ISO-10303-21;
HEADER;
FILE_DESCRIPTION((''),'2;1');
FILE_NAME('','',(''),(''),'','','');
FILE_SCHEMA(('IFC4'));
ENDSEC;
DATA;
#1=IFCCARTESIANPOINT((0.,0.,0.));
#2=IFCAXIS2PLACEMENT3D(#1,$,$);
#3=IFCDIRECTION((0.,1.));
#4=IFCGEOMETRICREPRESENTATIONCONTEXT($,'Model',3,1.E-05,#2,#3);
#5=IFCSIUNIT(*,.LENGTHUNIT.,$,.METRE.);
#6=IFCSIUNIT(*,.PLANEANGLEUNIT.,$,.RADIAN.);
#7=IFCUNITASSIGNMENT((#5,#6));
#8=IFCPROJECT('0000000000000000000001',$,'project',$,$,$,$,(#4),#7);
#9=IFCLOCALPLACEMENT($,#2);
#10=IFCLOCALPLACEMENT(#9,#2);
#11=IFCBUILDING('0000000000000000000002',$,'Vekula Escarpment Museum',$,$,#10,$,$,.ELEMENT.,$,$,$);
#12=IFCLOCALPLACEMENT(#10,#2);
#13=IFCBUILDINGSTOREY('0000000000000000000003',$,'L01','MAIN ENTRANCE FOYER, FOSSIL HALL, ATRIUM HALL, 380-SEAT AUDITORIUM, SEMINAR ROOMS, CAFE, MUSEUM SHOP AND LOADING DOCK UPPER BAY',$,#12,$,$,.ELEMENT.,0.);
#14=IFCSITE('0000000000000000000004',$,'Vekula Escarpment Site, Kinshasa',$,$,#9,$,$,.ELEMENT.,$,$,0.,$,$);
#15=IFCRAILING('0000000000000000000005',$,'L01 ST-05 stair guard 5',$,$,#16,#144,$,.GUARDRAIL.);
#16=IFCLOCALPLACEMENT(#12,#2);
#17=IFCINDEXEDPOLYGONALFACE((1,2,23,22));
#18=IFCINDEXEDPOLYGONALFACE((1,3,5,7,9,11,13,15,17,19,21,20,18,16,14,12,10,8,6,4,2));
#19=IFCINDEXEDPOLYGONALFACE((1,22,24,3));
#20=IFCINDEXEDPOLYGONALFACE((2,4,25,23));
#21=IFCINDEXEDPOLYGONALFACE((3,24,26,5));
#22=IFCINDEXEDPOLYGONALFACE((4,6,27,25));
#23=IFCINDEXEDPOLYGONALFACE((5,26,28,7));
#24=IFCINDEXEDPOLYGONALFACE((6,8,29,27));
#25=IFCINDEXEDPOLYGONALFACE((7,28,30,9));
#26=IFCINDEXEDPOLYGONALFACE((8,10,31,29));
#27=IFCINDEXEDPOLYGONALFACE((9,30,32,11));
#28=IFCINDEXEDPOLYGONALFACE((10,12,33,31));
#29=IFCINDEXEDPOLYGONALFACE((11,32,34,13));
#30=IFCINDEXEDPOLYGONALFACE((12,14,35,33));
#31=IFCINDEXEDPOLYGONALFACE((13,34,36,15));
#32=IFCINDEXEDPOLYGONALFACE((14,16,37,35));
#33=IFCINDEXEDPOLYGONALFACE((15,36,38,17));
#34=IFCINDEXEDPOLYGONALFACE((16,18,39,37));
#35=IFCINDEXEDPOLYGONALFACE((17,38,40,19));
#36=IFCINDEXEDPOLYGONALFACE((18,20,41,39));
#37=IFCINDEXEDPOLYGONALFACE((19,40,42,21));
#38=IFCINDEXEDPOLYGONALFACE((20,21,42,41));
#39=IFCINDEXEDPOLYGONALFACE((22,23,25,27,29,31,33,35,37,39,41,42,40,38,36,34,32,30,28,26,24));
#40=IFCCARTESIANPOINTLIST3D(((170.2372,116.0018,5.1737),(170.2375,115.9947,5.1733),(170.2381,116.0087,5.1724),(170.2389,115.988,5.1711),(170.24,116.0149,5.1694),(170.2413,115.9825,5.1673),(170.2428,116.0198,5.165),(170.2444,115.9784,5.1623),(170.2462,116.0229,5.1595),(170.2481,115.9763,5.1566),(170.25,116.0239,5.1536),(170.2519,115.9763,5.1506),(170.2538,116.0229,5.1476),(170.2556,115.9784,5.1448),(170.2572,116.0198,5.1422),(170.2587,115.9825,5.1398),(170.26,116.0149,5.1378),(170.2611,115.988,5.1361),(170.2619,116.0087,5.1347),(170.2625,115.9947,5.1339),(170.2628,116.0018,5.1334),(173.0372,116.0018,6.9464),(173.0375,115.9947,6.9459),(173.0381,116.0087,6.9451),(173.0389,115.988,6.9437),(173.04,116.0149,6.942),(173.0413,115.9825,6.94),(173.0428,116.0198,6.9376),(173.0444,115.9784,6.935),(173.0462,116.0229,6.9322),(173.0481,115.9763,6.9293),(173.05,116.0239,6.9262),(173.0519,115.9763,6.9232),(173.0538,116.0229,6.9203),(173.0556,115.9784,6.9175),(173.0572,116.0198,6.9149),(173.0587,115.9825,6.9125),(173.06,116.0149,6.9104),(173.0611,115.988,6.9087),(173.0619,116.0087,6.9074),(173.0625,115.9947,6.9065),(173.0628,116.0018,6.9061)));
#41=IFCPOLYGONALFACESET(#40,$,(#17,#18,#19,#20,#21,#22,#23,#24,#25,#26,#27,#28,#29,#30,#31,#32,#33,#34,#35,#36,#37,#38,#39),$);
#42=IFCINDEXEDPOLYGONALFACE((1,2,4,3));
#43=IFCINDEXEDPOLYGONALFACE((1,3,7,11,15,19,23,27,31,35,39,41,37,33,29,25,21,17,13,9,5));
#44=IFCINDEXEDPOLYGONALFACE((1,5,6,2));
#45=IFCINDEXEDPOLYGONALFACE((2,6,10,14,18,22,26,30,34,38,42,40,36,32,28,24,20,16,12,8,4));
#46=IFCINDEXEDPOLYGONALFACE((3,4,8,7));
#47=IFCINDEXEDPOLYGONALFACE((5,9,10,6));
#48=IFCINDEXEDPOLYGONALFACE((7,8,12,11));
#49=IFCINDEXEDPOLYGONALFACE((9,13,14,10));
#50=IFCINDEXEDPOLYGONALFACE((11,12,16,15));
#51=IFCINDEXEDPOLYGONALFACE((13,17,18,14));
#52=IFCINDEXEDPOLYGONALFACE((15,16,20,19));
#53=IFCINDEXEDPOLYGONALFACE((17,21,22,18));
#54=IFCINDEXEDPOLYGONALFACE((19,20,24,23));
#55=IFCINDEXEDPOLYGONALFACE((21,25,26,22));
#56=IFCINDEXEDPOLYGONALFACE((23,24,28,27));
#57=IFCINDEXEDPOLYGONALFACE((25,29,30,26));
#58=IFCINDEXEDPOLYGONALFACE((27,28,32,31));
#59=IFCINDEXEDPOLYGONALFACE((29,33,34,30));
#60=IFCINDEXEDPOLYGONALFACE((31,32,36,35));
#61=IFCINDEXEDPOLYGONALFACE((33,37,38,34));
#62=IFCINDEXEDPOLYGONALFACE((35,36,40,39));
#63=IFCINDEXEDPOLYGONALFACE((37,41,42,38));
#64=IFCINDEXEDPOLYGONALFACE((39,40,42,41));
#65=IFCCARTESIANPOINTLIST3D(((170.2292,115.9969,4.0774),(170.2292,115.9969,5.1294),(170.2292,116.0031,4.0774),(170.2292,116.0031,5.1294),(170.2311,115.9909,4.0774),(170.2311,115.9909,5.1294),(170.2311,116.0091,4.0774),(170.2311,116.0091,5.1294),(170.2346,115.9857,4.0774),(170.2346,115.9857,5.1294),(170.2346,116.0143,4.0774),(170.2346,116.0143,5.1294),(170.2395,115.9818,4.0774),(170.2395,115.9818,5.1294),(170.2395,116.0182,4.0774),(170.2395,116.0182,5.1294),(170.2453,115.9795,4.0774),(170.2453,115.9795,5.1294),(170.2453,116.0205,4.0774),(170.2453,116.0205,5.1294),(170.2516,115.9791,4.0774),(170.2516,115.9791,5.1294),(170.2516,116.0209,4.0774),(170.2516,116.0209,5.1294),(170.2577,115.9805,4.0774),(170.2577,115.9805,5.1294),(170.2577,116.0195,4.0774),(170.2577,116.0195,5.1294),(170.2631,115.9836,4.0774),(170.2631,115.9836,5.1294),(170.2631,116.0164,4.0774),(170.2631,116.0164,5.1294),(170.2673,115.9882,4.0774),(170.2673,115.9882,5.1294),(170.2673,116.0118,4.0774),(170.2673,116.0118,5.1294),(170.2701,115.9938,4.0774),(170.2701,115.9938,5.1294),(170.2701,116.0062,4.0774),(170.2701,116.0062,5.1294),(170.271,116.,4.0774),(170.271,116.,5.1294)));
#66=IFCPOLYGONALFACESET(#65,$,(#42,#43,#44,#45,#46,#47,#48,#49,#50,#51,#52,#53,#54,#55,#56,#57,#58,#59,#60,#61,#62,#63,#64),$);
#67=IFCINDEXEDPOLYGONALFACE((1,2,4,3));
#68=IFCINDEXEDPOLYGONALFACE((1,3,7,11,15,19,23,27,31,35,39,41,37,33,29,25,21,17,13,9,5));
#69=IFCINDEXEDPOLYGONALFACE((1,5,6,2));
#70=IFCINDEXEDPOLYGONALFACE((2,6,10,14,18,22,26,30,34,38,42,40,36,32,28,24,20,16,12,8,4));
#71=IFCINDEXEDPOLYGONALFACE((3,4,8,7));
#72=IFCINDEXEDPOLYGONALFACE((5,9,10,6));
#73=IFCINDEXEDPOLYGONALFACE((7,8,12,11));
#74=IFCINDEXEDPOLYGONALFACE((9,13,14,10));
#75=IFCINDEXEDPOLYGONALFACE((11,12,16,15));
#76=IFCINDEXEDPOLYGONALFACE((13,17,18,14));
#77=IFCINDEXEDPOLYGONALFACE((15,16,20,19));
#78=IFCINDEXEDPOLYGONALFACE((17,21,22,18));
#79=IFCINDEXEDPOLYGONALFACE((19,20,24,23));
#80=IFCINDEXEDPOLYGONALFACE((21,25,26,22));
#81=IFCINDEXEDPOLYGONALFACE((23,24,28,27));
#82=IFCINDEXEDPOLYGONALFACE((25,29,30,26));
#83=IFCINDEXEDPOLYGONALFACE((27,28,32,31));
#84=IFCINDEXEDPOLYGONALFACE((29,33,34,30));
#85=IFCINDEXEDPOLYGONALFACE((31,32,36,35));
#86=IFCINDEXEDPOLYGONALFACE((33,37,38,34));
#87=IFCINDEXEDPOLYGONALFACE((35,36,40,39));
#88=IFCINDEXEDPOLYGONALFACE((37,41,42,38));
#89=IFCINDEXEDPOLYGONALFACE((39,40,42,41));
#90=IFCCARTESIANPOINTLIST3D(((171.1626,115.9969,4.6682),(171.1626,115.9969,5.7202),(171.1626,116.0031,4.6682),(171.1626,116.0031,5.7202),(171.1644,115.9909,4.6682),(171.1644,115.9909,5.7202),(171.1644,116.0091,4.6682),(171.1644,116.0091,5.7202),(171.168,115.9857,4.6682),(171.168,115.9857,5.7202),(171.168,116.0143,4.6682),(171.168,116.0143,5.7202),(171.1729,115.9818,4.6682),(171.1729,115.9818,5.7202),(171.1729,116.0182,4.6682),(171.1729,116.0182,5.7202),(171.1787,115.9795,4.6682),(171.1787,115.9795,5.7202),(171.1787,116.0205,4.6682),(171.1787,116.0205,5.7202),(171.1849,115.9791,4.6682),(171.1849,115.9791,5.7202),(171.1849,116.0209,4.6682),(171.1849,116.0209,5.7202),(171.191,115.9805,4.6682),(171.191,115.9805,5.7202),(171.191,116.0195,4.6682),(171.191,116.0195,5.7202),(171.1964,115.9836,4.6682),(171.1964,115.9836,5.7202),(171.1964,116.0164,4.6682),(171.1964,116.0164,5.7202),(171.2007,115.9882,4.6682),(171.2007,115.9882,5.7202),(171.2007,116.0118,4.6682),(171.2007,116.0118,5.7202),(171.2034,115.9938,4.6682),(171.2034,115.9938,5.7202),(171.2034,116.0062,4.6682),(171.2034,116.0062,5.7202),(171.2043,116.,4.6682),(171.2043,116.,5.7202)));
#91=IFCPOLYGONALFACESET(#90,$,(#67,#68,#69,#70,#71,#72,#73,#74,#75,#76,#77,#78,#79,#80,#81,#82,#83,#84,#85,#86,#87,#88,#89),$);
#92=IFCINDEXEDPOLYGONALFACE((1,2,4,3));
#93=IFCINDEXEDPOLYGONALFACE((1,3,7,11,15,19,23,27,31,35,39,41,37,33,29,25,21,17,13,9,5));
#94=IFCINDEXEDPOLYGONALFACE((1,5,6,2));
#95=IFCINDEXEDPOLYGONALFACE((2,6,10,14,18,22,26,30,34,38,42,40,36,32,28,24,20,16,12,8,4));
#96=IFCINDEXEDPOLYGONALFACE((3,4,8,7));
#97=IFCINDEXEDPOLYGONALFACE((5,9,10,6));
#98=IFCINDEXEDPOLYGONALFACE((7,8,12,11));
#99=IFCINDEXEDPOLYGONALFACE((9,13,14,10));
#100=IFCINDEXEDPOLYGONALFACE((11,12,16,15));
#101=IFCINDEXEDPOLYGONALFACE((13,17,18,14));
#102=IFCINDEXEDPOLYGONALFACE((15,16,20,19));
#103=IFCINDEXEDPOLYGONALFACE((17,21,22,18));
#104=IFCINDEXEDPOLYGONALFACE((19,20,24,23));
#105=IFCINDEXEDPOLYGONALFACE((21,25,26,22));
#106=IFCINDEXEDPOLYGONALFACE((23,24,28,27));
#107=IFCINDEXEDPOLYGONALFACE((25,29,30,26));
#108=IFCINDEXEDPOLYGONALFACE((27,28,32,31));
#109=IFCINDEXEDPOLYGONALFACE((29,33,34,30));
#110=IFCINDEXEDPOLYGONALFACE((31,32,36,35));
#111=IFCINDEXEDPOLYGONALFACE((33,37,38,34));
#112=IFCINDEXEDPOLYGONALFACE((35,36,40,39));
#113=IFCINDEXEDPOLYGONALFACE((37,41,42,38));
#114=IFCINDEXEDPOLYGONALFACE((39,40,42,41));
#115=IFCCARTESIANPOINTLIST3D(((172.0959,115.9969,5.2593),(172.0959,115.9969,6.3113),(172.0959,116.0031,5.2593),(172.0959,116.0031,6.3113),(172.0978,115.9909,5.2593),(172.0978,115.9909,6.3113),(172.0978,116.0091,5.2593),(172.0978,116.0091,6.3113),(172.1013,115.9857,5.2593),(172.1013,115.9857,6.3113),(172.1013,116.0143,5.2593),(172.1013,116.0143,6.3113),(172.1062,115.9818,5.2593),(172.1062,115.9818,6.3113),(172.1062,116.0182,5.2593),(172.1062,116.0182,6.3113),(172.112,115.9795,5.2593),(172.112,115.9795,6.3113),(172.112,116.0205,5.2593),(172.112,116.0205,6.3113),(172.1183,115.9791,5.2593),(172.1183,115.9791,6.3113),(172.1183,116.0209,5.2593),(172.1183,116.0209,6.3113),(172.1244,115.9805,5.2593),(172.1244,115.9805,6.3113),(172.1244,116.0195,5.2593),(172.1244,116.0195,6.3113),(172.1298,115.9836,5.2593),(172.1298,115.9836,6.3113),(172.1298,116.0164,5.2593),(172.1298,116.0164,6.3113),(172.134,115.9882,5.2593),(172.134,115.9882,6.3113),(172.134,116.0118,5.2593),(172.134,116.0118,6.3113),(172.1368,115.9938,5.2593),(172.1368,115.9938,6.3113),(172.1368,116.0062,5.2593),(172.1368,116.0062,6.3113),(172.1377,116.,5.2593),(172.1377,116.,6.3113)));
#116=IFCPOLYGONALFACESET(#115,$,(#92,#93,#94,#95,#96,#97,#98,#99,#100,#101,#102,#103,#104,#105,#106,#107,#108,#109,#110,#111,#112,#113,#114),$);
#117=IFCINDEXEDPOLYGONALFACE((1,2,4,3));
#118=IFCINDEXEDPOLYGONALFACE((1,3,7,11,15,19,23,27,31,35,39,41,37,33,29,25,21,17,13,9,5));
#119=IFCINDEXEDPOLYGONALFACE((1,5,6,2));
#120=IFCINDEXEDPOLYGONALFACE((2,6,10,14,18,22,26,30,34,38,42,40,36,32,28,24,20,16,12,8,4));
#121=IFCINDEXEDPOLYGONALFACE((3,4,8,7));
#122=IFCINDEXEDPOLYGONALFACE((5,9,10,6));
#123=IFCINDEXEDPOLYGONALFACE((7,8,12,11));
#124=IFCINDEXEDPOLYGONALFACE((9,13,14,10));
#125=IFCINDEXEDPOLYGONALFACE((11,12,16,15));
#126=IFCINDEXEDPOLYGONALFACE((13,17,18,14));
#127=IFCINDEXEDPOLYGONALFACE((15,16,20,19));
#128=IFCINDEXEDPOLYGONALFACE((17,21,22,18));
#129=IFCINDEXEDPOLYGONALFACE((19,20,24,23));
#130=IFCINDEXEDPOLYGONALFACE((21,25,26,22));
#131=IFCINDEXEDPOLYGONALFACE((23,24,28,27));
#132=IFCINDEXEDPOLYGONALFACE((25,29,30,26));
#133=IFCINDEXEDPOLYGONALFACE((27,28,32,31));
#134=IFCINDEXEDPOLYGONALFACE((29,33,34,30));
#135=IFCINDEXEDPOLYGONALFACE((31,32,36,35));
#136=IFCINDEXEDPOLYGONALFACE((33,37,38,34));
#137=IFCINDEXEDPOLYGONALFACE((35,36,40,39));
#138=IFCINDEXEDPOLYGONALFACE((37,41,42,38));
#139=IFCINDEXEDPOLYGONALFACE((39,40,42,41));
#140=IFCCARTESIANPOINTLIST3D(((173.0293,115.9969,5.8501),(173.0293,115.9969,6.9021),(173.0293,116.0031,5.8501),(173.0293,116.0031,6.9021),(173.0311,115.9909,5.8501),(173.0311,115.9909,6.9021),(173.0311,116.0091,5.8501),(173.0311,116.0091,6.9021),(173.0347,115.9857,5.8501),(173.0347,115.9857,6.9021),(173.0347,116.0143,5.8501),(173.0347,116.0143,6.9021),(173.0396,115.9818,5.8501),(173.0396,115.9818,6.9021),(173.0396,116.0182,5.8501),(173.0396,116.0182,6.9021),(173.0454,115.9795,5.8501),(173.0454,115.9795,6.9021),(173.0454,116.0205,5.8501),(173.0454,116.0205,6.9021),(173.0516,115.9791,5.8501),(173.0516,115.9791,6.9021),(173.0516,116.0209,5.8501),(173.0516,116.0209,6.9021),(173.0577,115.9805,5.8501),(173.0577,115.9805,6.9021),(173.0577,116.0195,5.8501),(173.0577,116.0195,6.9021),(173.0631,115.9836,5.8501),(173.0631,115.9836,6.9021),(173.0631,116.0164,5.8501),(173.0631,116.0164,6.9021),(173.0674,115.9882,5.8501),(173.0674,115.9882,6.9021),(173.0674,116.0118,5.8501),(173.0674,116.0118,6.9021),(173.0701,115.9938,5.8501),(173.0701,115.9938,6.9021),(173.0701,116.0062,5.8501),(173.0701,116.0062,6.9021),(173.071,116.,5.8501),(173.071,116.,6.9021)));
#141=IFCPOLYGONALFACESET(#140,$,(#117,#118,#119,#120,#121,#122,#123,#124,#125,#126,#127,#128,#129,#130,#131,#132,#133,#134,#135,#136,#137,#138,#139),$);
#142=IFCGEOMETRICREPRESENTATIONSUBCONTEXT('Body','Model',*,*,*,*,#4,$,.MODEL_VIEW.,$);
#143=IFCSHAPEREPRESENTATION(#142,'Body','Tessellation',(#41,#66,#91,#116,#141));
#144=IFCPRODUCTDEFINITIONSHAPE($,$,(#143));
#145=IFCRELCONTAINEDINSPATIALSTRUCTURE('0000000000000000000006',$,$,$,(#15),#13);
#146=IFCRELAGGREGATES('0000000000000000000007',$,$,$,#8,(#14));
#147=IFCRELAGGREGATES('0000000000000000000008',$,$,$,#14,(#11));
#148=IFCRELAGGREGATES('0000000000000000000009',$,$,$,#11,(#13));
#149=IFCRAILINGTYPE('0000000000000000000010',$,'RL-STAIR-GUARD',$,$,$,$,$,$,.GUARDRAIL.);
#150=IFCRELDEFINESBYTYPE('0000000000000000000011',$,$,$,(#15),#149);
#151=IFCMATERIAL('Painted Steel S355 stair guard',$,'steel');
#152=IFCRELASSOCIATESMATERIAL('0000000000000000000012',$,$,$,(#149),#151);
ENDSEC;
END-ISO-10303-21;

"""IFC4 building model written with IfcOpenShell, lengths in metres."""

from ifc_helpers import new_model, si_unit, direction, frame, origin, origin_2d, place, context, subcontext, project, spatial, circle, extrude, material, type_object, element, save


model = new_model("IFC4")

# Units and contexts
model_context = context("Model", 3, precision=1e-05, world=origin(), true_north=direction((0.0, 1.0)))
body_context = subcontext(model_context, "Body", "Model", "MODEL_VIEW")
ifc_project = project(units=[si_unit("LENGTHUNIT", "METRE"), si_unit("PLANEANGLEUNIT", "RADIAN")], contexts=[model_context])

# Site, building, storey
site_placement = place(None, origin())
site = spatial("IfcSite", under=ifc_project, at=site_placement, Name="Vekula Escarpment Site, Kinshasa", CompositionType="ELEMENT", RefElevation=0.0)
building_placement = place(site_placement, origin())
building = spatial("IfcBuilding", under=site, at=building_placement, Name="Vekula Escarpment Museum", CompositionType="ELEMENT")
storey_placement = place(building_placement, origin())
storey = spatial("IfcBuildingStorey", under=building, at=storey_placement, Name="L01", Description="MAIN ENTRANCE FOYER, FOSSIL HALL, ATRIUM HALL, 380-SEAT AUDITORIUM, SEMINAR ROOMS, CAFE, MUSEUM SHOP AND LOADING DOCK UPPER BAY", CompositionType="ELEMENT", Elevation=0.0)

# Railing
ifc_material_1 = material(Name="Painted Steel S355 stair guard", Category="steel")
railing_type_1 = type_object("IfcRailingType", Name="RL-STAIR-GUARD", PredefinedType="GUARDRAIL", material=ifc_material_1)
railing_1_placement = place(storey_placement, frame((170.25, 116.0, 4.0774)))
element("IfcRailing", 1, at=railing_1_placement, inside=storey, type_object=railing_type_1, Name="L01 ST-05 stair guard 5", PredefinedType="GUARDRAIL", context=body_context, shape_type="SweptSolid", body=[
    extrude(circle(Radius=0.0239, at=origin_2d()), frame((0.0, 0.0, 1.0762), z_axis=(0.844909, 0.0, 0.53491), x_axis=(0.0, 1.0, 0.0)), (0.0, 0.0, 1.0), 3.314),
    extrude(circle(Radius=0.021, at=origin_2d()), origin(), (0.0, 0.0, 1.0), 1.052),
    extrude(circle(Radius=0.021, at=origin_2d()), frame((0.9333, 0.0, 0.5908)), (0.0, 0.0, 1.0), 1.052),
    extrude(circle(Radius=0.021, at=origin_2d()), frame((1.8667, 0.0, 1.1819)), (0.0, 0.0, 1.0), 1.052),
    extrude(circle(Radius=0.021, at=origin_2d()), frame((2.8, 0.0, 1.7727)), (0.0, 0.0, 1.0), 1.052),
])

save(model, "model.ifc")
